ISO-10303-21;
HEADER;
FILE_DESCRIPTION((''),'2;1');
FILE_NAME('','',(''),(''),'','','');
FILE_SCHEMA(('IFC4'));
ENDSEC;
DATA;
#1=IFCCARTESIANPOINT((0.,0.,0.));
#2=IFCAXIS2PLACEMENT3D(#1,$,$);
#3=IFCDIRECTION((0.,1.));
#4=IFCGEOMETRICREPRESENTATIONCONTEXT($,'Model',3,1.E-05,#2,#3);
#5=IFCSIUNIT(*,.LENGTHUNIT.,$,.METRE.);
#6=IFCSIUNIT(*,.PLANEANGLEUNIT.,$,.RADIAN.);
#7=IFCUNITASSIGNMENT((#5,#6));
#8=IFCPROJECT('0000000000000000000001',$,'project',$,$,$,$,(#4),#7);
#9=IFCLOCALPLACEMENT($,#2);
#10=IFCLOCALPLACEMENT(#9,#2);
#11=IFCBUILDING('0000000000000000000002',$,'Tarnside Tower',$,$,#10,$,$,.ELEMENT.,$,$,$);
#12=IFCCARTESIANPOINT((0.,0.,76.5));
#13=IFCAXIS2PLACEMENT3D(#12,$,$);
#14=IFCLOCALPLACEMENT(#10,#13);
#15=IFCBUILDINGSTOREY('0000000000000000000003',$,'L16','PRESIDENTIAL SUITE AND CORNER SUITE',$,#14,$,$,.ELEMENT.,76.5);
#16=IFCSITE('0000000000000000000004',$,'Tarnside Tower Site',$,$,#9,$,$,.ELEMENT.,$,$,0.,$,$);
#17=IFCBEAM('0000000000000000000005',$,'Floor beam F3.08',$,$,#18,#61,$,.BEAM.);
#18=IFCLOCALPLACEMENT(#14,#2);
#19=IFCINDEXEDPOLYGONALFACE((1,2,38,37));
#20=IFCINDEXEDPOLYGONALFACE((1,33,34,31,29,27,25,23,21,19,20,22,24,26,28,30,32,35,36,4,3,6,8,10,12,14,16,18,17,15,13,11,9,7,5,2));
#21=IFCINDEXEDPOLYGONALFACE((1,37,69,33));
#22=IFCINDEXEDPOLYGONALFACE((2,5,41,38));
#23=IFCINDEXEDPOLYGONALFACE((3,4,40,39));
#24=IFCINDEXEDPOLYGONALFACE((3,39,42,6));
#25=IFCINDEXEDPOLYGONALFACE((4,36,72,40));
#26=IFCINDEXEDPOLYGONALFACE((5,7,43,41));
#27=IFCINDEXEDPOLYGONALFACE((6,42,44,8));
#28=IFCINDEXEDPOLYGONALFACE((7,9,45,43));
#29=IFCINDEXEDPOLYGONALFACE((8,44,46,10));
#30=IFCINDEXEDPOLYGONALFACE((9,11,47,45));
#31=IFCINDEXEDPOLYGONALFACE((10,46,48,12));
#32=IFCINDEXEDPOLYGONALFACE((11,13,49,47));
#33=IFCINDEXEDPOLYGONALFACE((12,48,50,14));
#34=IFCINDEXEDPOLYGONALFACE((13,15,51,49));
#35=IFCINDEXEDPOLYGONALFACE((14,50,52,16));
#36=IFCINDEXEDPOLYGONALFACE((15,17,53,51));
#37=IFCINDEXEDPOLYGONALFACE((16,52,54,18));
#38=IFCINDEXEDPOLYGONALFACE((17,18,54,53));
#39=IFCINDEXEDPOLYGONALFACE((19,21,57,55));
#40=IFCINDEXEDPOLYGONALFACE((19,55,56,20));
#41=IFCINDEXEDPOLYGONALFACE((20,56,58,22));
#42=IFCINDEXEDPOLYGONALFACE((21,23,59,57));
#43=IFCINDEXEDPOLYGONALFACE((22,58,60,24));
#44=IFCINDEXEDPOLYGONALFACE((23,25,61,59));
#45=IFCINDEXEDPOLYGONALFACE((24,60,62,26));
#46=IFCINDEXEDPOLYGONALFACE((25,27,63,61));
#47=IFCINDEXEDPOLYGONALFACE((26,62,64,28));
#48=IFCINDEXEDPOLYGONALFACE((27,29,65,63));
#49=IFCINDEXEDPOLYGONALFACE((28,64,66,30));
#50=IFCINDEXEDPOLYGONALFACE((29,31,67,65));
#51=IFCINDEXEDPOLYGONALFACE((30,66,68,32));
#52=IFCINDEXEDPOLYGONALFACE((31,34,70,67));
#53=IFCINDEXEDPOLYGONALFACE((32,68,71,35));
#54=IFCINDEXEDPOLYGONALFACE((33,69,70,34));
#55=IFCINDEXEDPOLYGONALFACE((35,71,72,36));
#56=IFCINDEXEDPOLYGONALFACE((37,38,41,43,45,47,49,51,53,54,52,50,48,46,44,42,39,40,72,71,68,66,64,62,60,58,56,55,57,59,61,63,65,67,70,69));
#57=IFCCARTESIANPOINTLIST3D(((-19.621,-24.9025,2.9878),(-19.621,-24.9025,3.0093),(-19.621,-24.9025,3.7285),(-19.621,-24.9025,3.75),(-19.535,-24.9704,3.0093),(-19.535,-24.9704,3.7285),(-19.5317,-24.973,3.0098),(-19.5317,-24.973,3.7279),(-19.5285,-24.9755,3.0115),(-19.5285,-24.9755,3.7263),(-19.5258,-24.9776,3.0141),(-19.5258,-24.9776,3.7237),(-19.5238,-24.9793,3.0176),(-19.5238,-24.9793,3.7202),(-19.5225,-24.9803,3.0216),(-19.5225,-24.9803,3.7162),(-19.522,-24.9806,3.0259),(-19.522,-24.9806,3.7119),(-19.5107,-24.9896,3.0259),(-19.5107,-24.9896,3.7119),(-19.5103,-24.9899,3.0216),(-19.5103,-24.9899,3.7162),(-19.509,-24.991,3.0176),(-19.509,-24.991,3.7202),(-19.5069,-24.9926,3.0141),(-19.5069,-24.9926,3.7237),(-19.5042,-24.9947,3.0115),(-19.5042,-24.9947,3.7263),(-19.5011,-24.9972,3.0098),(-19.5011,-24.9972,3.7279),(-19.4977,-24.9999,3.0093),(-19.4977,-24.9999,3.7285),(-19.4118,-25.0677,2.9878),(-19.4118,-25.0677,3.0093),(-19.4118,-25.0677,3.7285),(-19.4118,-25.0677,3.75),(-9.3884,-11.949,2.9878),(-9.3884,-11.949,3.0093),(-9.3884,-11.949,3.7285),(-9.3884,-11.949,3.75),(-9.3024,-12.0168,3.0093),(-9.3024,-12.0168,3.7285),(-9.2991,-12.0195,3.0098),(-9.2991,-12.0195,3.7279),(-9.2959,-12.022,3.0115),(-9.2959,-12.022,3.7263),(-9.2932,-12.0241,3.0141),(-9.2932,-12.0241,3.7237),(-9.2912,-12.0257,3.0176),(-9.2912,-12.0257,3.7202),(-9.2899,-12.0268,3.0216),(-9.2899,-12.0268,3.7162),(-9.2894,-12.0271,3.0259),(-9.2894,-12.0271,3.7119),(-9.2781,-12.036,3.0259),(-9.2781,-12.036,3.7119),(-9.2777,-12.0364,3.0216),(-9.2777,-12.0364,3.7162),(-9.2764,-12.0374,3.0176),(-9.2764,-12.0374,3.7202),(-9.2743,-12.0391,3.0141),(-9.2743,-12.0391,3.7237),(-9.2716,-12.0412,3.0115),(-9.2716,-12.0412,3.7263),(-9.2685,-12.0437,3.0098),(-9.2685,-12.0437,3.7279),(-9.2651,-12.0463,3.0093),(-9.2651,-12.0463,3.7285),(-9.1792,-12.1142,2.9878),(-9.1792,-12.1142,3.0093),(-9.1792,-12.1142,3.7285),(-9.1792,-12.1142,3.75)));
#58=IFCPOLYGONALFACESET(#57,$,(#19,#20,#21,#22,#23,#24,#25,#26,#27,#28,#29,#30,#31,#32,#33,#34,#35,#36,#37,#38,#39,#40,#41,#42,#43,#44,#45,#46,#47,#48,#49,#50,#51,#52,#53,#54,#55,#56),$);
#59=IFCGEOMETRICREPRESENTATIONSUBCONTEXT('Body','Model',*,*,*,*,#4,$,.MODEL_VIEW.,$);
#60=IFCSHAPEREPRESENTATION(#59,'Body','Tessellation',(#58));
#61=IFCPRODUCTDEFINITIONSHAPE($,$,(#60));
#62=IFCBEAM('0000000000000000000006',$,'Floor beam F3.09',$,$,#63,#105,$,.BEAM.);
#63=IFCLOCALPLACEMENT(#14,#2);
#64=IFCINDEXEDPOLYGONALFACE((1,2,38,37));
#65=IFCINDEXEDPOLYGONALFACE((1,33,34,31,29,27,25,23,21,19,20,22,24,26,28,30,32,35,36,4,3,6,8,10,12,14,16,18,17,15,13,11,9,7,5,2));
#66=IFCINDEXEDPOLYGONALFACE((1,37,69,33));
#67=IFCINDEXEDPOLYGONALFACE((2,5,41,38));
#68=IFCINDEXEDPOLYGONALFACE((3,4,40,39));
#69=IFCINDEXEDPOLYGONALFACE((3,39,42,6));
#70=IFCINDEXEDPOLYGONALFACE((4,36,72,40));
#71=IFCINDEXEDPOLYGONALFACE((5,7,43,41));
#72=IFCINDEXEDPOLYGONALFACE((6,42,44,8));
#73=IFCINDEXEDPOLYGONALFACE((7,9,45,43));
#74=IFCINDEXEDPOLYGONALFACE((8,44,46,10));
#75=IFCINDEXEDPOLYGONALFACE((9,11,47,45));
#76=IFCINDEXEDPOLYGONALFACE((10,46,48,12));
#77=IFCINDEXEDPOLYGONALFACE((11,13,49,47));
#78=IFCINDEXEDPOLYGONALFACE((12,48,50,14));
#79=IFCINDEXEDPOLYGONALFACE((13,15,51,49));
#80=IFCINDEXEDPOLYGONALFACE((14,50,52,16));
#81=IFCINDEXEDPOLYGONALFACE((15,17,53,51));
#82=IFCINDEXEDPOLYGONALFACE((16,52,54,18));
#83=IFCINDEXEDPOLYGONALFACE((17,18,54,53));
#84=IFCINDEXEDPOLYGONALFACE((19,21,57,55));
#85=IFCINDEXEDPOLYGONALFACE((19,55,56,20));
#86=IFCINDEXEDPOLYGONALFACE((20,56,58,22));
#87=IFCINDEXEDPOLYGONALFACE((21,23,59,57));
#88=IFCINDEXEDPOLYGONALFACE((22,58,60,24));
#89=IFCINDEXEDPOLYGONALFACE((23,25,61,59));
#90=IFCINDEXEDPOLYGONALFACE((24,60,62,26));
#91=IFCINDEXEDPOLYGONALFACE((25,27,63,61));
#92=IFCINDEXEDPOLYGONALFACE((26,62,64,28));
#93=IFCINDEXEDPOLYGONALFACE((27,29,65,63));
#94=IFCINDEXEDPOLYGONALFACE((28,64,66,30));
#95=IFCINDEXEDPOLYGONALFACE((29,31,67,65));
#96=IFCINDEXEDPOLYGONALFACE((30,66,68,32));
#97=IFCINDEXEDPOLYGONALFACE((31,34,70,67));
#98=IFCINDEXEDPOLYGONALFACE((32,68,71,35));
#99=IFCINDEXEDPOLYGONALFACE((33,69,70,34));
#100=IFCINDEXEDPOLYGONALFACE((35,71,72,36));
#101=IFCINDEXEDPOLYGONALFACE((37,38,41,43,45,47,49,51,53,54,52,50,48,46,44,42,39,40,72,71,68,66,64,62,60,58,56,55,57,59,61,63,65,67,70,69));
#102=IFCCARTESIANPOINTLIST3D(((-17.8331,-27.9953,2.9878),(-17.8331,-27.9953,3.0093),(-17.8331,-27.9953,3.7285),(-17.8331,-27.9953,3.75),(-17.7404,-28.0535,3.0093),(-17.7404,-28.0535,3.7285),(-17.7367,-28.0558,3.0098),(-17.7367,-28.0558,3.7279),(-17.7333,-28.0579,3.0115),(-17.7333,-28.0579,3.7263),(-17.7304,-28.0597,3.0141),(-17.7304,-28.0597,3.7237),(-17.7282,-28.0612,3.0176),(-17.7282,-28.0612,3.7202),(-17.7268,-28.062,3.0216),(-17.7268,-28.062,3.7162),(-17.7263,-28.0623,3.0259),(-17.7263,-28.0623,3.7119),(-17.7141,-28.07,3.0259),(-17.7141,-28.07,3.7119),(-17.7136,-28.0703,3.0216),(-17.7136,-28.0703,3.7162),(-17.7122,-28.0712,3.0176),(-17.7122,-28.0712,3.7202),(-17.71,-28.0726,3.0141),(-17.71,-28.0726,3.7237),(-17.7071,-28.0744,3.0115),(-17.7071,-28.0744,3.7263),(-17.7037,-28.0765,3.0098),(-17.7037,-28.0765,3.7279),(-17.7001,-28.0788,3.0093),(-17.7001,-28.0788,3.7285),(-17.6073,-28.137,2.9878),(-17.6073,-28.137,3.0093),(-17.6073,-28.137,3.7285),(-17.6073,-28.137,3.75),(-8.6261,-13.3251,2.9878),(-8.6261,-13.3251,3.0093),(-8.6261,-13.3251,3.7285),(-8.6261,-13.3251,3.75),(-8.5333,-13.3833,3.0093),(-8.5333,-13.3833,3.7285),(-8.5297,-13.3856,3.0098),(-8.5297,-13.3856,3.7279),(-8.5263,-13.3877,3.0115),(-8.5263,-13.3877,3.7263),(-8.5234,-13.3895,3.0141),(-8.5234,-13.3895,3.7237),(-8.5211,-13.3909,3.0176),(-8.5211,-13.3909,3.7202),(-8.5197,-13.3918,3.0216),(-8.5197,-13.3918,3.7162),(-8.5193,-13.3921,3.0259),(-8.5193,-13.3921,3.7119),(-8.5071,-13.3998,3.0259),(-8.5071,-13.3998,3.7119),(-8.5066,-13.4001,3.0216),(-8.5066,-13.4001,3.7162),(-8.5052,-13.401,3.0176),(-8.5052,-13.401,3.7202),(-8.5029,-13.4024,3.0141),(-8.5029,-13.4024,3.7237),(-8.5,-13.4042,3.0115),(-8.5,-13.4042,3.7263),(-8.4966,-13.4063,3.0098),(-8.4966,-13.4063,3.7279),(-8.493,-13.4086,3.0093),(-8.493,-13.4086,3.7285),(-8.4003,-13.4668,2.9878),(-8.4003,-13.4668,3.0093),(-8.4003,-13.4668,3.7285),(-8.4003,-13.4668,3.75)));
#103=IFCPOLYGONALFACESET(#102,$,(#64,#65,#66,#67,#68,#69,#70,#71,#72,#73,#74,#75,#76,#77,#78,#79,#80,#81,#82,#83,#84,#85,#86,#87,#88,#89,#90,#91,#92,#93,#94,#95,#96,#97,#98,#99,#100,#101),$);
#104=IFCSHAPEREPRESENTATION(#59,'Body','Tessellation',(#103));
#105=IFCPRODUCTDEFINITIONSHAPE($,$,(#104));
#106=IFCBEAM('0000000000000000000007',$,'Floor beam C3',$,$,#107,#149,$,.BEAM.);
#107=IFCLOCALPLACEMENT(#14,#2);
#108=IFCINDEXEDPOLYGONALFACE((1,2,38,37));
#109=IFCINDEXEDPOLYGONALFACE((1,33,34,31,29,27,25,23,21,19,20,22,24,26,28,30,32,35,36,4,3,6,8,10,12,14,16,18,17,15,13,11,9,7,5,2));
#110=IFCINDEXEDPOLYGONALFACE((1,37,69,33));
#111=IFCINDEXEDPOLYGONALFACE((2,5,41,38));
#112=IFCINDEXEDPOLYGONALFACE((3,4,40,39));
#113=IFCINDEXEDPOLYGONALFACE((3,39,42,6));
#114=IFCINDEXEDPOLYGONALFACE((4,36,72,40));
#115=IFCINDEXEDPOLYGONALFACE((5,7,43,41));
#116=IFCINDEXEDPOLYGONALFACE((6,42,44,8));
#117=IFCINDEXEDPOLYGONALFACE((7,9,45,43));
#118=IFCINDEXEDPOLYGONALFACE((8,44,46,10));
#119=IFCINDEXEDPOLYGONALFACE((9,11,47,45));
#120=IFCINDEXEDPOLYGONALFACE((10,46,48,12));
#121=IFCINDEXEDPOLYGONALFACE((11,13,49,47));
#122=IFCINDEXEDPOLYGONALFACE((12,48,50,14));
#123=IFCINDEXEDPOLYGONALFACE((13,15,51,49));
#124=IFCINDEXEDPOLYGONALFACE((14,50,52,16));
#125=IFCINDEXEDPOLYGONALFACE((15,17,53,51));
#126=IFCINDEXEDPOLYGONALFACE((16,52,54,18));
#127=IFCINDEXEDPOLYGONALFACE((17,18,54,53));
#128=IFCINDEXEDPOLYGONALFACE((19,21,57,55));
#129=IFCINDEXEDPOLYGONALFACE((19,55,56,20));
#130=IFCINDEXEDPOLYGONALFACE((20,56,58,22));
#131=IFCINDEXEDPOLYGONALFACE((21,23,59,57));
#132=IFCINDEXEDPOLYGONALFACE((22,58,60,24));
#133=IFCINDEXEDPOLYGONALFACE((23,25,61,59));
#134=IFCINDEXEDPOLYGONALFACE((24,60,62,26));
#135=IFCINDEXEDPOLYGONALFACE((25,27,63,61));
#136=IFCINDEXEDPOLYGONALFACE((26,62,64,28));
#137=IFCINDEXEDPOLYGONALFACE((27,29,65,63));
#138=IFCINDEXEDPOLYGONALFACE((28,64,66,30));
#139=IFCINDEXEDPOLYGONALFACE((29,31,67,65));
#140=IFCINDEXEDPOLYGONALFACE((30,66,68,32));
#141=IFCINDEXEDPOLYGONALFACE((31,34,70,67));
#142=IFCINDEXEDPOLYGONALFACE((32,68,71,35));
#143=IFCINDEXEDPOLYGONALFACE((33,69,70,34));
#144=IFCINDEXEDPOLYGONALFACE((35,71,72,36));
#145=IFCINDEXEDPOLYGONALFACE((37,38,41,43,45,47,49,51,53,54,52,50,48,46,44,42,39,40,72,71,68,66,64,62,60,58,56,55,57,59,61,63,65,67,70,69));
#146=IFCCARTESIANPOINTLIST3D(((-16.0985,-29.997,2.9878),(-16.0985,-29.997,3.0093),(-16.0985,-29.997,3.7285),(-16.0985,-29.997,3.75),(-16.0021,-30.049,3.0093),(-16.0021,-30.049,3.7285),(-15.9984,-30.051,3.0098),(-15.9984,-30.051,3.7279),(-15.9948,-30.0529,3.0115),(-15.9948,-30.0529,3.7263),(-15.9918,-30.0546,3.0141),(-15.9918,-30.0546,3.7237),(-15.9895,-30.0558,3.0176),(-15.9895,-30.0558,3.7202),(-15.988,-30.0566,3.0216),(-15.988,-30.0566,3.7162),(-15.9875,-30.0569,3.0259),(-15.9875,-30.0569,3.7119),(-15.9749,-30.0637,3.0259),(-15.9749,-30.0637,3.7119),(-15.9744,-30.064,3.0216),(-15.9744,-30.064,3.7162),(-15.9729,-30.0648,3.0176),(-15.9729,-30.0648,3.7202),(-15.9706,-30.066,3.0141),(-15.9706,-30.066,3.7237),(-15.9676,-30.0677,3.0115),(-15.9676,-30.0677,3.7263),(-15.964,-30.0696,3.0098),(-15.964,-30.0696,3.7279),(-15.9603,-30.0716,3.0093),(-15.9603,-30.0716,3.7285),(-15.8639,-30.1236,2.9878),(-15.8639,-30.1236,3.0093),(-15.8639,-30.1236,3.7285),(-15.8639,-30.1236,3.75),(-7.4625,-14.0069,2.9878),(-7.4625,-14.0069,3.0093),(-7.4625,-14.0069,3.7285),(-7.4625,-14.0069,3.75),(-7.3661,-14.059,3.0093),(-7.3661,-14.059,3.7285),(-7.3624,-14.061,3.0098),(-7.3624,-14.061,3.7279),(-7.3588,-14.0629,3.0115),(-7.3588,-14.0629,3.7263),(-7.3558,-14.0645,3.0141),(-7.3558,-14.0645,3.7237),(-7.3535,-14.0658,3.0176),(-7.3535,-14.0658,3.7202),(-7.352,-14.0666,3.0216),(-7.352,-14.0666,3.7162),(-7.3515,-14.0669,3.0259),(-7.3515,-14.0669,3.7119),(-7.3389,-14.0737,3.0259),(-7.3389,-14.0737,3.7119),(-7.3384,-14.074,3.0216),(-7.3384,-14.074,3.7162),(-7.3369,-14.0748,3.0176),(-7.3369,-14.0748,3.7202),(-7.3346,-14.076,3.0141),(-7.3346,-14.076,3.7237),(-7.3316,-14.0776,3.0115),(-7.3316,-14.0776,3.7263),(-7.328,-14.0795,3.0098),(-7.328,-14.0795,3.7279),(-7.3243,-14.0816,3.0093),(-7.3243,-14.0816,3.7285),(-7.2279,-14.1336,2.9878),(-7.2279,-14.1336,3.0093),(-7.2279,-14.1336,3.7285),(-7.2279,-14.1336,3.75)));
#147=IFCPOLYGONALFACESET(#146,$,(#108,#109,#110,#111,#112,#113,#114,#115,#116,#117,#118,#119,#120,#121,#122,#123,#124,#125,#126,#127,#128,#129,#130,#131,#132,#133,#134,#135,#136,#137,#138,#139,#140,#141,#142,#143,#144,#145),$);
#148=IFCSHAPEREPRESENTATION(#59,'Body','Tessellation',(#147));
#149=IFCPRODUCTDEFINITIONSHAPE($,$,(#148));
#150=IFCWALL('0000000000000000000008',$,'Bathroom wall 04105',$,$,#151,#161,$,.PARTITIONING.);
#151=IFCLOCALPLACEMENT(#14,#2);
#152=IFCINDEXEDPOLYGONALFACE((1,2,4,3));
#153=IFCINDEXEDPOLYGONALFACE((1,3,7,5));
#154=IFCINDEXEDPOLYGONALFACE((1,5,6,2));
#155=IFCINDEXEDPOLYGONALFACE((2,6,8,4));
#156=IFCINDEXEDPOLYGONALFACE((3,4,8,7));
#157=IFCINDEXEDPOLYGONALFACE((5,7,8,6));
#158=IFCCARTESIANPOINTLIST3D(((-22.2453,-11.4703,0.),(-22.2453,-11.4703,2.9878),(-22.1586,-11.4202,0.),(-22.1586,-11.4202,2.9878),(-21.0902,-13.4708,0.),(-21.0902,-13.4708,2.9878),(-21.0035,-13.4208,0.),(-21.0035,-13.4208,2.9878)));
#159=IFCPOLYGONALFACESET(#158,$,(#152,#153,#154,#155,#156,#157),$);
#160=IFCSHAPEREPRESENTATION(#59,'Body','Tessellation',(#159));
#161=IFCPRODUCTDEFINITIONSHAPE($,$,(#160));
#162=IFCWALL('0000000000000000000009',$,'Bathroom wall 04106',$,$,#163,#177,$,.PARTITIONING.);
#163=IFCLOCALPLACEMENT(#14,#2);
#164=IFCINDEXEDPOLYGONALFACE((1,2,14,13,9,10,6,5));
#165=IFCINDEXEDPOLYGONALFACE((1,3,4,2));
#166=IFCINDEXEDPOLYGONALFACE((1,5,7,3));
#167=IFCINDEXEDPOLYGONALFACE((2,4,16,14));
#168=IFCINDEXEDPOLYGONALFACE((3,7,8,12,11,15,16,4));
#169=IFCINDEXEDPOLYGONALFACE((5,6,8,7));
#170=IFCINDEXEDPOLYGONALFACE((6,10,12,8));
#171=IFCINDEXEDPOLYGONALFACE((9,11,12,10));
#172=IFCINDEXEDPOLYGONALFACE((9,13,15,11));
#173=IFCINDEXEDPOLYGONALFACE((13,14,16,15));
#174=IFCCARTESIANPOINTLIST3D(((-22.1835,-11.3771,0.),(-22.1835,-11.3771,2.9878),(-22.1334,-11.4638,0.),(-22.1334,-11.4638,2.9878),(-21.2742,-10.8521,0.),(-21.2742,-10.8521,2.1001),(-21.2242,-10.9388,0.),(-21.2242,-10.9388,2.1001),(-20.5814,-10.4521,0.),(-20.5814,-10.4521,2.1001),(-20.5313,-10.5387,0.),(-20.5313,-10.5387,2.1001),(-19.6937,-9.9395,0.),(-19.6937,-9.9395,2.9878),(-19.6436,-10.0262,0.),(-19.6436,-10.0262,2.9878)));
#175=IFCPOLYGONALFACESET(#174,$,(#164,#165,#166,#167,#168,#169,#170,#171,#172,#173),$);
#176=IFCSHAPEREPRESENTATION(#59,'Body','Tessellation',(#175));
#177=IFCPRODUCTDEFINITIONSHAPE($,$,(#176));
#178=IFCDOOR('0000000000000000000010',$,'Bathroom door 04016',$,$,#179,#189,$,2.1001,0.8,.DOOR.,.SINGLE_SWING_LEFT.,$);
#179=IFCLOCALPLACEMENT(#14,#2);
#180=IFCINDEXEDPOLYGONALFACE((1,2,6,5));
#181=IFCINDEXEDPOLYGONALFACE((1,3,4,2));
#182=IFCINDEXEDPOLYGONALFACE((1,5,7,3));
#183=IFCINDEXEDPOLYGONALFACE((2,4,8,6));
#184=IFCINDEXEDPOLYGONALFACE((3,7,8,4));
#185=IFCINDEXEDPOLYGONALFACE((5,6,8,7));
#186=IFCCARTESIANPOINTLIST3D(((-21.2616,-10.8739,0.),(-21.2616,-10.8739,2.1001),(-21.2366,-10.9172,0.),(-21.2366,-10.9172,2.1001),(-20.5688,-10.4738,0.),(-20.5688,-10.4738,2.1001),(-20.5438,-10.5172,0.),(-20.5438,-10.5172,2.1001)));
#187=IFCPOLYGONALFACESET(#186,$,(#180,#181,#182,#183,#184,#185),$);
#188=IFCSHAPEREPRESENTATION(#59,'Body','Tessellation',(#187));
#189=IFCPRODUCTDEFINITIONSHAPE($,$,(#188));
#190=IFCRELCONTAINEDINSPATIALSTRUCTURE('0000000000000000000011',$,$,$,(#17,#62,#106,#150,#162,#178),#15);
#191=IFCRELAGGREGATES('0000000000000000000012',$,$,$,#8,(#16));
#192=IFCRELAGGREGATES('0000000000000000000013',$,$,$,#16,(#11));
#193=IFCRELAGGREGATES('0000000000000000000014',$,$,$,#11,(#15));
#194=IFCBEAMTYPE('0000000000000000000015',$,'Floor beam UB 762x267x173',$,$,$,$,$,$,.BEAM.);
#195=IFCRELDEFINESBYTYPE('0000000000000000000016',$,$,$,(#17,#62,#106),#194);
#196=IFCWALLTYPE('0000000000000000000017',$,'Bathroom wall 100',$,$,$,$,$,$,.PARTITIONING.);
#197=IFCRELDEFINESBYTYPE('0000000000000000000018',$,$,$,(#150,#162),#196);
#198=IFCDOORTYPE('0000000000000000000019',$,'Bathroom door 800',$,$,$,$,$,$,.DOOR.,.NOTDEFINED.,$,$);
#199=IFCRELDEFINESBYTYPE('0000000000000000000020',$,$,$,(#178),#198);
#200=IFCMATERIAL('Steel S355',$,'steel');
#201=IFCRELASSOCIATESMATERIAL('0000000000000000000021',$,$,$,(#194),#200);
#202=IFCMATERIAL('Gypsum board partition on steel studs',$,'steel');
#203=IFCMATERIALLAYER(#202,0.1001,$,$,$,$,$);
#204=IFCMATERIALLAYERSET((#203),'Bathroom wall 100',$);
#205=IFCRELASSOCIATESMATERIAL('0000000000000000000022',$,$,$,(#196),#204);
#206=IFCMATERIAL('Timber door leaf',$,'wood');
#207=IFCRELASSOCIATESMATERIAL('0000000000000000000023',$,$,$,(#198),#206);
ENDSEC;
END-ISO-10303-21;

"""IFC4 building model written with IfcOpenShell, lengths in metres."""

from ifc_helpers import new_model, si_unit, direction, frame, frame_2d, origin, origin_2d, place, context, subcontext, project, spatial, rectangle, i_section, extrude, material, layer, layer_set, material_profile, profile_set, type_object, element, fill, save


model = new_model("IFC4")

# Units and contexts
model_context = context("Model", 3, precision=1e-05, world=origin(), true_north=direction((0.0, 1.0)))
body_context = subcontext(model_context, "Body", "Model", "MODEL_VIEW")
ifc_project = project(units=[si_unit("LENGTHUNIT", "METRE"), si_unit("PLANEANGLEUNIT", "RADIAN")], contexts=[model_context])

# Site, building, storey
site_placement = place(None, origin())
site = spatial("IfcSite", under=ifc_project, at=site_placement, Name="Tarnside Tower Site", CompositionType="ELEMENT", RefElevation=0.0)
building_placement = place(site_placement, origin())
building = spatial("IfcBuilding", under=site, at=building_placement, Name="Tarnside Tower", CompositionType="ELEMENT")
storey_placement = place(building_placement, frame((0.0, 0.0, 76.5)))
storey = spatial("IfcBuildingStorey", under=building, at=storey_placement, Name="L16", Description="PRESIDENTIAL SUITE AND CORNER SUITE", CompositionType="ELEMENT", Elevation=76.5)

# Beams
ifc_material_1 = material(Name="Steel S355", Category="steel")
ifc_material_profile_1 = material_profile(ifc_material_1, i_section(OverallWidth=0.2666, OverallDepth=0.7622, WebThickness=0.0144, FlangeThickness=0.0215, FilletRadius=0.0166, at=origin_2d()), Name="UB 762x267x173")
ifc_profile_set_1 = profile_set([ifc_material_profile_1], Name="Steel S355")
beam_type_1 = type_object("IfcBeamType", Name="Floor beam UB 762x267x173", PredefinedType="BEAM", material=ifc_profile_set_1)
beam_1_placement = place(storey_placement, frame((-19.5164, -24.9851, 3.3689), z_axis=(0.619873, 0.784702, 0.0), x_axis=(-0.784702, 0.619873, 0.0)))
element("IfcBeam", 1, at=beam_1_placement, inside=storey, type_object=beam_type_1, Name="Floor beam F3.08", PredefinedType="BEAM", context=body_context, shape_type="SweptSolid", body=[
    extrude(i_section(OverallWidth=0.2666, OverallDepth=0.7622, WebThickness=0.0144, FlangeThickness=0.0215, FilletRadius=0.0166, at=origin_2d()), origin(), (0.0, 0.0, 1.0), 16.5076),
])
beam_2_placement = place(storey_placement, frame((-17.7202, -28.0662, 3.3689), z_axis=(0.531583, 0.847006, 0.0), x_axis=(-0.847006, 0.531583, 0.0)))
element("IfcBeam", 2, at=beam_2_placement, inside=storey, type_object=beam_type_1, Name="Floor beam F3.09", PredefinedType="BEAM", context=body_context, shape_type="SweptSolid", body=[
    extrude(i_section(OverallWidth=0.2666, OverallDepth=0.7622, WebThickness=0.0144, FlangeThickness=0.0215, FilletRadius=0.0166, at=origin_2d()), origin(), (0.0, 0.0, 1.0), 17.3201),
])
beam_3_placement = place(storey_placement, frame((-15.9812, -30.0603, 3.3689), z_axis=(0.475208, 0.879873, 0.0), x_axis=(-0.879873, 0.475208, 0.0)))
element("IfcBeam", 3, at=beam_3_placement, inside=storey, type_object=beam_type_1, Name="Floor beam C3", PredefinedType="BEAM", context=body_context, shape_type="SweptSolid", body=[
    extrude(i_section(OverallWidth=0.2666, OverallDepth=0.7622, WebThickness=0.0144, FlangeThickness=0.0215, FilletRadius=0.0166, at=origin_2d()), origin(), (0.0, 0.0, 1.0), 18.1731),
])

# Wall
ifc_material_2 = material(Name="Gypsum board partition on steel studs", Category="steel")
ifc_layer_1 = layer(ifc_material_2, 0.1001)
ifc_layer_set_1 = layer_set([ifc_layer_1], Name="Bathroom wall 100")
wall_type_1 = type_object("IfcWallType", Name="Bathroom wall 100", PredefinedType="PARTITIONING", material=ifc_layer_set_1)
wall_1_placement = place(storey_placement, frame((-21.0469, -13.4458, 0.0), z_axis=(0.0, 0.0, 1.0), x_axis=(-0.500015, 0.866017, 0.0)))
element("IfcWall", 4, at=wall_1_placement, inside=storey, type_object=wall_type_1, Name="Bathroom wall 04105", PredefinedType="PARTITIONING", context=body_context, shape_type="SweptSolid", body=[
    extrude(rectangle(XDim=2.3101, YDim=0.1001, at=frame_2d((1.155, 0.0))), origin(), (0.0, 0.0, 1.0), 2.9878),
])

# Wall, opening, door
wall_2_placement = place(storey_placement, frame((-22.1584, -11.4204, 0.0), z_axis=(0.0, 0.0, 1.0), x_axis=(0.866019, 0.500012, 0.0)))
wall_2 = element("IfcWall", 5, at=wall_2_placement, inside=storey, type_object=wall_type_1, Name="Bathroom wall 04106", PredefinedType="PARTITIONING", context=body_context, shape_type="SweptSolid", body=[
    extrude(rectangle(XDim=2.875, YDim=0.1001, at=frame_2d((1.4375, 0.0))), origin(), (0.0, 0.0, 1.0), 2.9878),
])
opening_1_placement = place(wall_2_placement, frame((1.05, 0.0, 0.0)))
opening_1 = element("IfcOpeningElement", 6, at=opening_1_placement, cuts=wall_2, PredefinedType="OPENING", context=body_context, shape_type="SweptSolid", body=[
    extrude(rectangle(XDim=0.8, YDim=2.1001, at=frame_2d((0.3999, 1.05))), frame((0.0, 0.0601, 0.0), z_axis=(0.0, -1.0, 0.0), x_axis=(1.0, 0.0, 0.0)), (0.0, 0.0, 1.0), 0.1201),
])
ifc_material_3 = material(Name="Timber door leaf", Category="wood")
door_type_1 = type_object("IfcDoorType", Name="Bathroom door 800", OperationType="NOTDEFINED", PredefinedType="DOOR", material=ifc_material_3)
door_1_placement = place(opening_1_placement, origin())
door_1 = element("IfcDoor", 7, at=door_1_placement, inside=storey, type_object=door_type_1, Name="Bathroom door 04016", OperationType="SINGLE_SWING_LEFT", OverallHeight=2.1001, OverallWidth=0.8, PredefinedType="DOOR", context=body_context, shape_type="SweptSolid", body=[
    extrude(rectangle(XDim=0.8, YDim=2.1001, at=frame_2d((0.3999, 1.05))), frame((0.0, 0.0249, 0.0), z_axis=(0.0, -1.0, 0.0), x_axis=(1.0, 0.0, 0.0)), (0.0, 0.0, 1.0), 0.05),
])
fill(opening_1, door_1)

save(model, "model.ifc")
